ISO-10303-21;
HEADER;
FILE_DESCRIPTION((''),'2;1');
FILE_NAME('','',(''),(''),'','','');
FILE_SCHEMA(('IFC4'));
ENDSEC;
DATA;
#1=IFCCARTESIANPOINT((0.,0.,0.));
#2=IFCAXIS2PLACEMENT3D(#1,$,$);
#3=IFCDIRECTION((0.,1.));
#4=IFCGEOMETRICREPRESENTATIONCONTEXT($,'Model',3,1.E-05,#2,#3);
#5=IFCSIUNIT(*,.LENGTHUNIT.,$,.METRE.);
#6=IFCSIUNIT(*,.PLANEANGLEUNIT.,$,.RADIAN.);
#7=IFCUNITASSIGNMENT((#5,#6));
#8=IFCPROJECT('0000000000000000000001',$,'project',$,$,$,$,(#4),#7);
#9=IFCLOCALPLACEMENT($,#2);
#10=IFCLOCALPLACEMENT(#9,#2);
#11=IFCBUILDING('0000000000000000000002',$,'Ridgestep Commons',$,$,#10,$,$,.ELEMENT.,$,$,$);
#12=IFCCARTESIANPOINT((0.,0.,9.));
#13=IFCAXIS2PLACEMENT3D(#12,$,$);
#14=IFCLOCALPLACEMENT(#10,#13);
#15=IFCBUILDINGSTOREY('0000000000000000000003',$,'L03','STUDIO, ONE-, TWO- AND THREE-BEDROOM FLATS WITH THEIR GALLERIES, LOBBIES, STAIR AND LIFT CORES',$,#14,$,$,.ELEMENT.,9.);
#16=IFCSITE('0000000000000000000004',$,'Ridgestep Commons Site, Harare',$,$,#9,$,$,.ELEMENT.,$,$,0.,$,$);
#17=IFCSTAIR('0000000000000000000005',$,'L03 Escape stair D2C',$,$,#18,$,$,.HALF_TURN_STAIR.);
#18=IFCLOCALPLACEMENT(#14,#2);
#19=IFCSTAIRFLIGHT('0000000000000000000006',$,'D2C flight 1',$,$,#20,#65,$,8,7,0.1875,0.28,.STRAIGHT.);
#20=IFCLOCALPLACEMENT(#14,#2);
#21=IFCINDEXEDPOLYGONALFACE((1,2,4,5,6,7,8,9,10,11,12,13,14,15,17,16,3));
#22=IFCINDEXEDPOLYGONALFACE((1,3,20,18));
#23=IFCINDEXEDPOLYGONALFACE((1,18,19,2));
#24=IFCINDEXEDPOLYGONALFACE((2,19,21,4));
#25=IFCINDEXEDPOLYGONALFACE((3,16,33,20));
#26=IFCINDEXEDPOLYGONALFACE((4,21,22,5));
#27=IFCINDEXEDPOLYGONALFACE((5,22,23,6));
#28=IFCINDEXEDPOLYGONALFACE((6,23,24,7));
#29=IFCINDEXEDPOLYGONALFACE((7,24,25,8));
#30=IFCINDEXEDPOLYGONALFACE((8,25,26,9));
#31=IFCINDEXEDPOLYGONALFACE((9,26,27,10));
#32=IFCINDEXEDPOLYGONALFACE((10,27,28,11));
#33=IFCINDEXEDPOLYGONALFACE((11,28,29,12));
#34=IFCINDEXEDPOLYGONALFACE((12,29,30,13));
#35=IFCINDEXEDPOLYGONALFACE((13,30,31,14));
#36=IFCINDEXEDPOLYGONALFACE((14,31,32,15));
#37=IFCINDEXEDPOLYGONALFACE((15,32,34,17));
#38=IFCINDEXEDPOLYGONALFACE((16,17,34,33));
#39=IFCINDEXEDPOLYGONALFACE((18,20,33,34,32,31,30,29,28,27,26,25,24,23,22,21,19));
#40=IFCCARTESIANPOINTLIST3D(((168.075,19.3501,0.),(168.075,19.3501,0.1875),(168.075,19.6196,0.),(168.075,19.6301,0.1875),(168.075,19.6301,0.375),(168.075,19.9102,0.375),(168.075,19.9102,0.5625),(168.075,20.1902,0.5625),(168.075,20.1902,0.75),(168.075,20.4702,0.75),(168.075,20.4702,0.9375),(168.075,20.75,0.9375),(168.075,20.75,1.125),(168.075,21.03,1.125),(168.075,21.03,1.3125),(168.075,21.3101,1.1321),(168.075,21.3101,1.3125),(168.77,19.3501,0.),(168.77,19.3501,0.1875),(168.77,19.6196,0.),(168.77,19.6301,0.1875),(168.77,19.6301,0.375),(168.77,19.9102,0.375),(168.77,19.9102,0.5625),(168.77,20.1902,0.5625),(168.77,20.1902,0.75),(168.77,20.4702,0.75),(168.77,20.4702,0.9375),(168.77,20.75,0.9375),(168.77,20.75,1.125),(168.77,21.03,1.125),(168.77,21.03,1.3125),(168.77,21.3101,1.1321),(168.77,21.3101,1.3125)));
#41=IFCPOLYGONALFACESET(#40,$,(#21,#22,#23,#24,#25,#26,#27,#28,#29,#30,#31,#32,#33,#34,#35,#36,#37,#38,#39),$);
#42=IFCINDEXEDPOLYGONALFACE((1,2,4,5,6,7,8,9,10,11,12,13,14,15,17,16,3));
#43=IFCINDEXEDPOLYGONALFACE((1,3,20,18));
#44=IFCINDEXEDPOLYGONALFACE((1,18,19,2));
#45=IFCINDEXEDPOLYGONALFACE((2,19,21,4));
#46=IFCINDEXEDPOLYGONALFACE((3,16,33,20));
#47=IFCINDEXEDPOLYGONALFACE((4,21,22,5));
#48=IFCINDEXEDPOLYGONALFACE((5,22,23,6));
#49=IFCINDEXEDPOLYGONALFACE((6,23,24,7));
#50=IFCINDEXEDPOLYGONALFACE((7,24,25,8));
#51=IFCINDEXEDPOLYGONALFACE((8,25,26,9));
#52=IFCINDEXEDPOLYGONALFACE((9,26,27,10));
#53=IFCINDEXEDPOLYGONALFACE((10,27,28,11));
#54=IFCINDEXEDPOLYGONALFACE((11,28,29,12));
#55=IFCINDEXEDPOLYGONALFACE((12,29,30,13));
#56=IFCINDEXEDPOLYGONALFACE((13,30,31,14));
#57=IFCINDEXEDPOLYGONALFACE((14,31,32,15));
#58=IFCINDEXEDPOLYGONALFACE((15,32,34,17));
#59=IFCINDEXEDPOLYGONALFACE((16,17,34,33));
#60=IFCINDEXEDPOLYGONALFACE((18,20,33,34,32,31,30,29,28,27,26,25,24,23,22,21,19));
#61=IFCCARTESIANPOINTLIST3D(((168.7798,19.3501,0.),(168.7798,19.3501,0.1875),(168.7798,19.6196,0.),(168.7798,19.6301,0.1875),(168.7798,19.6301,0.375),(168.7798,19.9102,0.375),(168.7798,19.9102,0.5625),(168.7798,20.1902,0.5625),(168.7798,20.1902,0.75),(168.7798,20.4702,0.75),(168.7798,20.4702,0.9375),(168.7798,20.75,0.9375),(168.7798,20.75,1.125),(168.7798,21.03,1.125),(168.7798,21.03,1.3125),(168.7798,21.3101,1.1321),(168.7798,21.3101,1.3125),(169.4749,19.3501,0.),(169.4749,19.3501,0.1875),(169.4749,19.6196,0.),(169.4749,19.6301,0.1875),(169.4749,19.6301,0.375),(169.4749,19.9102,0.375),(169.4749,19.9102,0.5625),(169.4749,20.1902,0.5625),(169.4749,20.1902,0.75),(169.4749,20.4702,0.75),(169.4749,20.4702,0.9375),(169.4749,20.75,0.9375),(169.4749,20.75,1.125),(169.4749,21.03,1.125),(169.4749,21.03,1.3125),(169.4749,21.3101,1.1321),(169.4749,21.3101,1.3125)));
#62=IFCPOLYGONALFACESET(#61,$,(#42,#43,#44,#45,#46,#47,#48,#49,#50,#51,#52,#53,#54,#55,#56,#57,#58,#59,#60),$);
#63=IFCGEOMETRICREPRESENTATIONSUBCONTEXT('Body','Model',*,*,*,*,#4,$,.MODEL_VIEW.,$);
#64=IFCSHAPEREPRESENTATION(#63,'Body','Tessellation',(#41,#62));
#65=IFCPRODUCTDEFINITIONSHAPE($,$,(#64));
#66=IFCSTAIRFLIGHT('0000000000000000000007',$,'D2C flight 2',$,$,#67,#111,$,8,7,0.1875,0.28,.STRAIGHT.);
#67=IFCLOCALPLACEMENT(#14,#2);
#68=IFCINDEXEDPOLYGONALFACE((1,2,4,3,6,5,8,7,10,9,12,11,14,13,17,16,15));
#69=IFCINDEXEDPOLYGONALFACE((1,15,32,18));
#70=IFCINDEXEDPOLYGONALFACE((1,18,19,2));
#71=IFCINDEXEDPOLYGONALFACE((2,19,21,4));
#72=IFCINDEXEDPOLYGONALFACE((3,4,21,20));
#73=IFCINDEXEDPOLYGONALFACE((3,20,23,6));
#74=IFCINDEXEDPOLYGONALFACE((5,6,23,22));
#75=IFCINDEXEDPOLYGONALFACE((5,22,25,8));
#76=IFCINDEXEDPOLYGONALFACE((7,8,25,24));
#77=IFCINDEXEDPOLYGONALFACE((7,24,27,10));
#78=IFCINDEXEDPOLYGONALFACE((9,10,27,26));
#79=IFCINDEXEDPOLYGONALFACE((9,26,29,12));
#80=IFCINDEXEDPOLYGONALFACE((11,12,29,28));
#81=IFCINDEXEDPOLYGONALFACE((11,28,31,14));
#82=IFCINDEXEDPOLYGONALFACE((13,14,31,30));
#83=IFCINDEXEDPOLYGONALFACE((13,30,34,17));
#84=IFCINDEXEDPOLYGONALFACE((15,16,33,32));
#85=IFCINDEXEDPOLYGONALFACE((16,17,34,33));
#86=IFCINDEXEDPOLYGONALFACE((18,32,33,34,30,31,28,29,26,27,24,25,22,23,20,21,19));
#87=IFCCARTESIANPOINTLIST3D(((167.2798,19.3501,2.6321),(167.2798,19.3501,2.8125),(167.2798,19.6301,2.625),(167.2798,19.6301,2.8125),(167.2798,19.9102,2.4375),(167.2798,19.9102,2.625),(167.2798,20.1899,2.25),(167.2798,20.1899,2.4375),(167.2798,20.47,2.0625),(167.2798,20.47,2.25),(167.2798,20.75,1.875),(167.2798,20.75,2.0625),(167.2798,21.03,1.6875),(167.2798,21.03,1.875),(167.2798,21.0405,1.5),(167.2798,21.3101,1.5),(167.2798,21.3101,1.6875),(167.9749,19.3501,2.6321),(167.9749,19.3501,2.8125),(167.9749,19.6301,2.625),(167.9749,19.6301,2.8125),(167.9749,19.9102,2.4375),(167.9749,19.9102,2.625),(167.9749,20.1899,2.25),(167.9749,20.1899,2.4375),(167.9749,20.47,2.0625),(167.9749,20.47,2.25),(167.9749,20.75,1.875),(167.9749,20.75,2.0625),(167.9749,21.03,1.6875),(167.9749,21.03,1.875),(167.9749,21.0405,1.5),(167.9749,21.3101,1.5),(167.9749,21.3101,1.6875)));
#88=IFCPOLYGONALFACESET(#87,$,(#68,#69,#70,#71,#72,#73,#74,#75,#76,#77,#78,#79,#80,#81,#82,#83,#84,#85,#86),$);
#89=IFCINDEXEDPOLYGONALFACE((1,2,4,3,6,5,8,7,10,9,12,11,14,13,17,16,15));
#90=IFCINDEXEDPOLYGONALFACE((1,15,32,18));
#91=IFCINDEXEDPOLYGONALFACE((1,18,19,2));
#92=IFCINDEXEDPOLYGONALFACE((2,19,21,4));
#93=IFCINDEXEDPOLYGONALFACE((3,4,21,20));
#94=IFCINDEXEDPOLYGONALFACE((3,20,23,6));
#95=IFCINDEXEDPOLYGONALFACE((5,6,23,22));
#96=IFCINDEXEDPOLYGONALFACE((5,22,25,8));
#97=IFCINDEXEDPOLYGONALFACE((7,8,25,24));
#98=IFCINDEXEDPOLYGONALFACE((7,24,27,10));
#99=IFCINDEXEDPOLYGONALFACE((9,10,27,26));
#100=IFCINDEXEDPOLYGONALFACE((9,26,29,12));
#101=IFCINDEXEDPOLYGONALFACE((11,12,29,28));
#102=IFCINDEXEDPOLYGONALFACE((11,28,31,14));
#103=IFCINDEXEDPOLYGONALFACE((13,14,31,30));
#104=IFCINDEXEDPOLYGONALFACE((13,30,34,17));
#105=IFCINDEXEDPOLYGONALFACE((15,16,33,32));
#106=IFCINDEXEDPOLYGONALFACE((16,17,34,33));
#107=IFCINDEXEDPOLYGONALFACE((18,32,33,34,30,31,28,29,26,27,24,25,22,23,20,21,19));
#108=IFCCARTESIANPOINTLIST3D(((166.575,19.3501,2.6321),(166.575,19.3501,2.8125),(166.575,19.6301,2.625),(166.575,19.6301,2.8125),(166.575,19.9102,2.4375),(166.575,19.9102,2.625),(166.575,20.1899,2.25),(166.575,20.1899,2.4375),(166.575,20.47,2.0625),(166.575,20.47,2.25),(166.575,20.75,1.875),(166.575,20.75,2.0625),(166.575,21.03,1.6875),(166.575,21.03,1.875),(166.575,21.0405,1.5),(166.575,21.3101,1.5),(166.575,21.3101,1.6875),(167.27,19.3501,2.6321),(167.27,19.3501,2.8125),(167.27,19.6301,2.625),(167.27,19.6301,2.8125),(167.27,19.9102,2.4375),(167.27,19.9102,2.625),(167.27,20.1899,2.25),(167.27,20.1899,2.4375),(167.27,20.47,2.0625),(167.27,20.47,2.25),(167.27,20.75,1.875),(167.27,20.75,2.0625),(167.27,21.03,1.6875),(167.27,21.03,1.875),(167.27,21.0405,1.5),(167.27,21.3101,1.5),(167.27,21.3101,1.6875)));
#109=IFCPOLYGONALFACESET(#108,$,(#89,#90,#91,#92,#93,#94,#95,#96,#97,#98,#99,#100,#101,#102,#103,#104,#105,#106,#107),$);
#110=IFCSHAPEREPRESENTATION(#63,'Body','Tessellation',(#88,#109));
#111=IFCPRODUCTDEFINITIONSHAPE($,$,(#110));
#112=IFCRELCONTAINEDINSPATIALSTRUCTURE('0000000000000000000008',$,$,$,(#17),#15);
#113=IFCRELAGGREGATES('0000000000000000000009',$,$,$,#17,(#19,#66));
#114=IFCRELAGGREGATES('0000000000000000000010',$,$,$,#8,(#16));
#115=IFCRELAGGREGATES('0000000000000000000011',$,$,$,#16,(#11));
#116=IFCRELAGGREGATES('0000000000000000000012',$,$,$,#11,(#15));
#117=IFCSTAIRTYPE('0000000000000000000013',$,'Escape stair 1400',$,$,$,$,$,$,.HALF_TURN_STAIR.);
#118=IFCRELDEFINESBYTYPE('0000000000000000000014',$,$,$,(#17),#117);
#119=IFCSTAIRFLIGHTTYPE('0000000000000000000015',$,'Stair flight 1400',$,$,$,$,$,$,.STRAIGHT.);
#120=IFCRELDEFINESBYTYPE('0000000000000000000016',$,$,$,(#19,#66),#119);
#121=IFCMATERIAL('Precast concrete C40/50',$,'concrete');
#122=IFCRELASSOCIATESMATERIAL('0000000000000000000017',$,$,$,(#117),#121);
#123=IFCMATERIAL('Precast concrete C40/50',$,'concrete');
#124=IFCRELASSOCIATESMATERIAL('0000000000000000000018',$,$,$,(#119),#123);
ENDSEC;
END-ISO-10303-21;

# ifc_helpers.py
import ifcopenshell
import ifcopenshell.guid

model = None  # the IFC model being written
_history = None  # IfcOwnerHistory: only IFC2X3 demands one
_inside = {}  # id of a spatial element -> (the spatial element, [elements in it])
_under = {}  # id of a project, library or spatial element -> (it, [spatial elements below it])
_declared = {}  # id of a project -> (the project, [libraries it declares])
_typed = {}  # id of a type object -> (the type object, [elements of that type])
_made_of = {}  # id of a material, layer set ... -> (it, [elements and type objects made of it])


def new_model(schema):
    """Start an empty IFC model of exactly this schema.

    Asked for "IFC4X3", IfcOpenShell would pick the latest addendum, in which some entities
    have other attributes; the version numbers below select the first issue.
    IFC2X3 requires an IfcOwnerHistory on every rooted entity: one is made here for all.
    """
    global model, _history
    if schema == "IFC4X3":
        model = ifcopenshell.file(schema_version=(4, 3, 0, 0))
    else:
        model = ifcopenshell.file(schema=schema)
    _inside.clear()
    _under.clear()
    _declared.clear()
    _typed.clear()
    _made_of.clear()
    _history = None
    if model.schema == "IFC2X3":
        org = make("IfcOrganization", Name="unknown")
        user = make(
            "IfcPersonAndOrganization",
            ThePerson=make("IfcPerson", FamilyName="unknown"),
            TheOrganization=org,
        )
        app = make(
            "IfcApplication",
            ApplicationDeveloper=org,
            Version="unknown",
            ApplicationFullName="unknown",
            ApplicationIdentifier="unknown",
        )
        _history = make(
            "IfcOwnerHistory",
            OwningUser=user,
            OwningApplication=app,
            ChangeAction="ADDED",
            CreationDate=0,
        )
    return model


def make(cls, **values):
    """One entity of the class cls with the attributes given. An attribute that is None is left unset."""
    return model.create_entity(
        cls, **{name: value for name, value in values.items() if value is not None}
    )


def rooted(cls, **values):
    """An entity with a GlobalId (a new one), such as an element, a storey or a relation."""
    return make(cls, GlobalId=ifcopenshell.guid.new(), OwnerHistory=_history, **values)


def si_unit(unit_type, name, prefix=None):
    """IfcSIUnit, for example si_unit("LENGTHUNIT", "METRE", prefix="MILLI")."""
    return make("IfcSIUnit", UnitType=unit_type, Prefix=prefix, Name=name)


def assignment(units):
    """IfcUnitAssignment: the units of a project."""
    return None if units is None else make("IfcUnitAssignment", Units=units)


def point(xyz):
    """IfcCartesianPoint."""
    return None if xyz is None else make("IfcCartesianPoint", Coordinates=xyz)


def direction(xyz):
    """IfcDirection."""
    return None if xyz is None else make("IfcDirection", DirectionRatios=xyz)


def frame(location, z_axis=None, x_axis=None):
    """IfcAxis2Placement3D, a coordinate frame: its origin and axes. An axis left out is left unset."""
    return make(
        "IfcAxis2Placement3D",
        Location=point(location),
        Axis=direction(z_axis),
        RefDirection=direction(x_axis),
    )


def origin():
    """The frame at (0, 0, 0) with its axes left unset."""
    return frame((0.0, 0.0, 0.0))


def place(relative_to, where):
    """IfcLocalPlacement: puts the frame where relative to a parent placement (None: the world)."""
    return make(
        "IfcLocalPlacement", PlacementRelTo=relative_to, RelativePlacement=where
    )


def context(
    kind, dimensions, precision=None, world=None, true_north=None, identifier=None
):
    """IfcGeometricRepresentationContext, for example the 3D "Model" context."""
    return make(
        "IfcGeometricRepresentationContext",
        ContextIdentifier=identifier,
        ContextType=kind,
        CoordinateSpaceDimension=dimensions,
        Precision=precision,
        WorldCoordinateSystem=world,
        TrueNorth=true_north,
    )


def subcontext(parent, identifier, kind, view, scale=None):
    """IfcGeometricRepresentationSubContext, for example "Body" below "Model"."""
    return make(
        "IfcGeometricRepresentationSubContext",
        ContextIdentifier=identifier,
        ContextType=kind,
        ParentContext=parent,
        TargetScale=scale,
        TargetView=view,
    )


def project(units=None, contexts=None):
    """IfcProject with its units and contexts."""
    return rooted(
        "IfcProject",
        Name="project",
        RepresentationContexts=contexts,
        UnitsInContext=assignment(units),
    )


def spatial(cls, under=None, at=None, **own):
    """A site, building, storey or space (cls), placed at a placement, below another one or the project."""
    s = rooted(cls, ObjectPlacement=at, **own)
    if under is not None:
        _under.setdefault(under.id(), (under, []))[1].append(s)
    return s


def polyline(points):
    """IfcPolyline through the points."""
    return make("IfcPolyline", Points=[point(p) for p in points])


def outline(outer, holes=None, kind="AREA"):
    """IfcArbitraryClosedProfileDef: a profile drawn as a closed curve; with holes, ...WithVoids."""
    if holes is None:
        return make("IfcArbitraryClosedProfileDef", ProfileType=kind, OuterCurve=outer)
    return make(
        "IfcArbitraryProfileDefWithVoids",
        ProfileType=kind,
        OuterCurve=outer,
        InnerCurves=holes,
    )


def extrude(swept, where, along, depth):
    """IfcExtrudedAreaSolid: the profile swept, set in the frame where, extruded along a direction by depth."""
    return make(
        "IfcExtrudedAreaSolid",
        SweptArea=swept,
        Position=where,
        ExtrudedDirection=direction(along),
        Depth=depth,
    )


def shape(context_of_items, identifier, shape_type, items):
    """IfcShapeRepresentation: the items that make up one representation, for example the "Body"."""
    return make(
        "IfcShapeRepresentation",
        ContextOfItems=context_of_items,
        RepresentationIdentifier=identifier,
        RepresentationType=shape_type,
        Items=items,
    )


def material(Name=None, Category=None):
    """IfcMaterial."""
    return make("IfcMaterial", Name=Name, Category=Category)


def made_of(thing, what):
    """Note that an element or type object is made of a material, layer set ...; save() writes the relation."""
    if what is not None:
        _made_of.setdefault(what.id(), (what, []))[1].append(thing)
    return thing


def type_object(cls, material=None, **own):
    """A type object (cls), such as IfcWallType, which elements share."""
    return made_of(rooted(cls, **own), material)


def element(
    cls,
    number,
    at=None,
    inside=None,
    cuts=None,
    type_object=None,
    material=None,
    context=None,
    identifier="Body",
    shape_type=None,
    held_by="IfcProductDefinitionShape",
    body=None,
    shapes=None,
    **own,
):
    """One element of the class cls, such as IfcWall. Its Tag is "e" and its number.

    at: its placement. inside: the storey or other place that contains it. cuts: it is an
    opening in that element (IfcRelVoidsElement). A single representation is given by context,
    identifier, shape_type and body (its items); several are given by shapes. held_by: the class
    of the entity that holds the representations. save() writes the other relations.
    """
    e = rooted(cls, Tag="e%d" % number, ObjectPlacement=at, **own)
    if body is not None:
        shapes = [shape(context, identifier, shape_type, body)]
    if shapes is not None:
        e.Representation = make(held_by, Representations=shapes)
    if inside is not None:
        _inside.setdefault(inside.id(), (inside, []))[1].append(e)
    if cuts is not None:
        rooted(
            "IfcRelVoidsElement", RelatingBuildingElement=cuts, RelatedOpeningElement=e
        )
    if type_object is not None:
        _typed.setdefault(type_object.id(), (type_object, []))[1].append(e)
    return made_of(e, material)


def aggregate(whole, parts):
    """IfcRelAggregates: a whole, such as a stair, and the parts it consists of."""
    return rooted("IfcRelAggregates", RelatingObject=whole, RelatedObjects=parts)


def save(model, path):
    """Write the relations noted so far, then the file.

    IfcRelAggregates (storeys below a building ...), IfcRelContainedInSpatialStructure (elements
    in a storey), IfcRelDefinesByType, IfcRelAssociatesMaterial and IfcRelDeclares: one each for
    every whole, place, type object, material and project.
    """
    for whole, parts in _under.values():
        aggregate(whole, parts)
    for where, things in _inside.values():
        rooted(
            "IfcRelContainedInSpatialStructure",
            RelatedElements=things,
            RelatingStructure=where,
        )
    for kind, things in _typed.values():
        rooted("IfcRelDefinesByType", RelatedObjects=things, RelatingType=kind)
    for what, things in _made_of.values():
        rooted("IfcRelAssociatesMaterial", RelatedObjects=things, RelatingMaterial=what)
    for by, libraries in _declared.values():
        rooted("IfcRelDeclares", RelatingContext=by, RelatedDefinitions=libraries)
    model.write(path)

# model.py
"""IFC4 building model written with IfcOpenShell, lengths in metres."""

from ifc_helpers import new_model, si_unit, direction, frame, origin, place, context, subcontext, project, spatial, polyline, outline, extrude, material, type_object, element, aggregate, save


model = new_model("IFC4")

# Units and contexts
model_context = context("Model", 3, precision=1e-05, world=origin(), true_north=direction((0.0, 1.0)))
body_context = subcontext(model_context, "Body", "Model", "MODEL_VIEW")
ifc_project = project(units=[si_unit("LENGTHUNIT", "METRE"), si_unit("PLANEANGLEUNIT", "RADIAN")], contexts=[model_context])

# Site, building, storey
site_placement = place(None, origin())
site = spatial("IfcSite", under=ifc_project, at=site_placement, Name="Ridgestep Commons Site, Harare", CompositionType="ELEMENT", RefElevation=0.0)
building_placement = place(site_placement, origin())
building = spatial("IfcBuilding", under=site, at=building_placement, Name="Ridgestep Commons", CompositionType="ELEMENT")
storey_placement = place(building_placement, frame((0.0, 0.0, 9.0)))
storey = spatial("IfcBuildingStorey", under=building, at=storey_placement, Name="L03", Description="STUDIO, ONE-, TWO- AND THREE-BEDROOM FLATS WITH THEIR GALLERIES, LOBBIES, STAIR AND LIFT CORES", CompositionType="ELEMENT", Elevation=9.0)

# Stair, stair flights
ifc_material_1 = material(Name="Precast concrete C40/50", Category="concrete")
stair_type = type_object("IfcStairType", Name="Escape stair 1400", PredefinedType="HALF_TURN_STAIR", material=ifc_material_1)
ifc_material_2 = material(Name="Precast concrete C40/50", Category="concrete")
stair_flight_type = type_object("IfcStairFlightType", Name="Stair flight 1400", PredefinedType="STRAIGHT", material=ifc_material_2)
stair_1_placement = place(storey_placement, origin())
stair_1 = element("IfcStair", 1, at=stair_1_placement, inside=storey, type_object=stair_type, Name="L03 Escape stair D2C", PredefinedType="HALF_TURN_STAIR")
stair_flight_1_placement = place(storey_placement, frame((168.7749, 19.3501, 0.0), z_axis=(0.0, 0.0, 1.0), x_axis=(0.0, 1.0, 0.0)))
stair_flight_1 = element("IfcStairFlight", 2, at=stair_flight_1_placement, type_object=stair_flight_type, Name="D2C flight 1", NumberOfRisers=8, NumberOfTreads=7, PredefinedType="STRAIGHT", RiserHeight=0.1875, TreadLength=0.28, context=body_context, shape_type="SweptSolid", body=[
    extrude(outline(polyline([(0.0, 0.0), (0.0, 0.1875), (0.28, 0.1875), (0.28, 0.375), (0.5601, 0.375), (0.5601, 0.5625), (0.8401, 0.5625), (0.8401, 0.75), (1.1201, 0.75), (1.1201, 0.9375), (1.3999, 0.9375), (1.3999, 1.125), (1.6799, 1.125), (1.6799, 1.3125), (1.96, 1.3125), (1.96, 1.5), (1.96, 1.1321), (0.2695, 0.0), (0.0, 0.0)])), frame((0.0, 0.7, 0.0), z_axis=(0.0, -1.0, 0.0), x_axis=(1.0, 0.0, 0.0)), (0.0, 0.0, 1.0), 0.6951),
    extrude(outline(polyline([(0.0, 0.0), (0.0, 0.1875), (0.28, 0.1875), (0.28, 0.375), (0.5601, 0.375), (0.5601, 0.5625), (0.8401, 0.5625), (0.8401, 0.75), (1.1201, 0.75), (1.1201, 0.9375), (1.3999, 0.9375), (1.3999, 1.125), (1.6799, 1.125), (1.6799, 1.3125), (1.96, 1.3125), (1.96, 1.5), (1.96, 1.1321), (0.2695, 0.0), (0.0, 0.0)])), frame((0.0, -0.0049, 0.0), z_axis=(0.0, -1.0, 0.0), x_axis=(1.0, 0.0, 0.0)), (0.0, 0.0, 1.0), 0.6951),
])
stair_flight_2_placement = place(storey_placement, frame((167.2749, 21.3101, 1.5), z_axis=(0.0, 0.0, 1.0), x_axis=(0.0, -1.0, 0.0)))
stair_flight_2 = element("IfcStairFlight", 3, at=stair_flight_2_placement, type_object=stair_flight_type, Name="D2C flight 2", NumberOfRisers=8, NumberOfTreads=7, PredefinedType="STRAIGHT", RiserHeight=0.1875, TreadLength=0.28, context=body_context, shape_type="SweptSolid", body=[
    extrude(outline(polyline([(0.0, 0.0), (0.0, 0.1875), (0.28, 0.1875), (0.28, 0.375), (0.5601, 0.375), (0.5601, 0.5625), (0.8401, 0.5625), (0.8401, 0.75), (1.1201, 0.75), (1.1201, 0.9375), (1.3999, 0.9375), (1.3999, 1.125), (1.6799, 1.125), (1.6799, 1.3125), (1.96, 1.3125), (1.96, 1.5), (1.96, 1.1321), (0.2695, 0.0), (0.0, 0.0)])), frame((0.0, 0.7, 0.0), z_axis=(0.0, -1.0, 0.0), x_axis=(1.0, 0.0, 0.0)), (0.0, 0.0, 1.0), 0.6951),
    extrude(outline(polyline([(0.0, 0.0), (0.0, 0.1875), (0.28, 0.1875), (0.28, 0.375), (0.5601, 0.375), (0.5601, 0.5625), (0.8401, 0.5625), (0.8401, 0.75), (1.1201, 0.75), (1.1201, 0.9375), (1.3999, 0.9375), (1.3999, 1.125), (1.6799, 1.125), (1.6799, 1.3125), (1.96, 1.3125), (1.96, 1.5), (1.96, 1.1321), (0.2695, 0.0), (0.0, 0.0)])), frame((0.0, -0.0049, 0.0), z_axis=(0.0, -1.0, 0.0), x_axis=(1.0, 0.0, 0.0)), (0.0, 0.0, 1.0), 0.6951),
])
aggregate(stair_1, [stair_flight_1, stair_flight_2])

save(model, "model.ifc")
